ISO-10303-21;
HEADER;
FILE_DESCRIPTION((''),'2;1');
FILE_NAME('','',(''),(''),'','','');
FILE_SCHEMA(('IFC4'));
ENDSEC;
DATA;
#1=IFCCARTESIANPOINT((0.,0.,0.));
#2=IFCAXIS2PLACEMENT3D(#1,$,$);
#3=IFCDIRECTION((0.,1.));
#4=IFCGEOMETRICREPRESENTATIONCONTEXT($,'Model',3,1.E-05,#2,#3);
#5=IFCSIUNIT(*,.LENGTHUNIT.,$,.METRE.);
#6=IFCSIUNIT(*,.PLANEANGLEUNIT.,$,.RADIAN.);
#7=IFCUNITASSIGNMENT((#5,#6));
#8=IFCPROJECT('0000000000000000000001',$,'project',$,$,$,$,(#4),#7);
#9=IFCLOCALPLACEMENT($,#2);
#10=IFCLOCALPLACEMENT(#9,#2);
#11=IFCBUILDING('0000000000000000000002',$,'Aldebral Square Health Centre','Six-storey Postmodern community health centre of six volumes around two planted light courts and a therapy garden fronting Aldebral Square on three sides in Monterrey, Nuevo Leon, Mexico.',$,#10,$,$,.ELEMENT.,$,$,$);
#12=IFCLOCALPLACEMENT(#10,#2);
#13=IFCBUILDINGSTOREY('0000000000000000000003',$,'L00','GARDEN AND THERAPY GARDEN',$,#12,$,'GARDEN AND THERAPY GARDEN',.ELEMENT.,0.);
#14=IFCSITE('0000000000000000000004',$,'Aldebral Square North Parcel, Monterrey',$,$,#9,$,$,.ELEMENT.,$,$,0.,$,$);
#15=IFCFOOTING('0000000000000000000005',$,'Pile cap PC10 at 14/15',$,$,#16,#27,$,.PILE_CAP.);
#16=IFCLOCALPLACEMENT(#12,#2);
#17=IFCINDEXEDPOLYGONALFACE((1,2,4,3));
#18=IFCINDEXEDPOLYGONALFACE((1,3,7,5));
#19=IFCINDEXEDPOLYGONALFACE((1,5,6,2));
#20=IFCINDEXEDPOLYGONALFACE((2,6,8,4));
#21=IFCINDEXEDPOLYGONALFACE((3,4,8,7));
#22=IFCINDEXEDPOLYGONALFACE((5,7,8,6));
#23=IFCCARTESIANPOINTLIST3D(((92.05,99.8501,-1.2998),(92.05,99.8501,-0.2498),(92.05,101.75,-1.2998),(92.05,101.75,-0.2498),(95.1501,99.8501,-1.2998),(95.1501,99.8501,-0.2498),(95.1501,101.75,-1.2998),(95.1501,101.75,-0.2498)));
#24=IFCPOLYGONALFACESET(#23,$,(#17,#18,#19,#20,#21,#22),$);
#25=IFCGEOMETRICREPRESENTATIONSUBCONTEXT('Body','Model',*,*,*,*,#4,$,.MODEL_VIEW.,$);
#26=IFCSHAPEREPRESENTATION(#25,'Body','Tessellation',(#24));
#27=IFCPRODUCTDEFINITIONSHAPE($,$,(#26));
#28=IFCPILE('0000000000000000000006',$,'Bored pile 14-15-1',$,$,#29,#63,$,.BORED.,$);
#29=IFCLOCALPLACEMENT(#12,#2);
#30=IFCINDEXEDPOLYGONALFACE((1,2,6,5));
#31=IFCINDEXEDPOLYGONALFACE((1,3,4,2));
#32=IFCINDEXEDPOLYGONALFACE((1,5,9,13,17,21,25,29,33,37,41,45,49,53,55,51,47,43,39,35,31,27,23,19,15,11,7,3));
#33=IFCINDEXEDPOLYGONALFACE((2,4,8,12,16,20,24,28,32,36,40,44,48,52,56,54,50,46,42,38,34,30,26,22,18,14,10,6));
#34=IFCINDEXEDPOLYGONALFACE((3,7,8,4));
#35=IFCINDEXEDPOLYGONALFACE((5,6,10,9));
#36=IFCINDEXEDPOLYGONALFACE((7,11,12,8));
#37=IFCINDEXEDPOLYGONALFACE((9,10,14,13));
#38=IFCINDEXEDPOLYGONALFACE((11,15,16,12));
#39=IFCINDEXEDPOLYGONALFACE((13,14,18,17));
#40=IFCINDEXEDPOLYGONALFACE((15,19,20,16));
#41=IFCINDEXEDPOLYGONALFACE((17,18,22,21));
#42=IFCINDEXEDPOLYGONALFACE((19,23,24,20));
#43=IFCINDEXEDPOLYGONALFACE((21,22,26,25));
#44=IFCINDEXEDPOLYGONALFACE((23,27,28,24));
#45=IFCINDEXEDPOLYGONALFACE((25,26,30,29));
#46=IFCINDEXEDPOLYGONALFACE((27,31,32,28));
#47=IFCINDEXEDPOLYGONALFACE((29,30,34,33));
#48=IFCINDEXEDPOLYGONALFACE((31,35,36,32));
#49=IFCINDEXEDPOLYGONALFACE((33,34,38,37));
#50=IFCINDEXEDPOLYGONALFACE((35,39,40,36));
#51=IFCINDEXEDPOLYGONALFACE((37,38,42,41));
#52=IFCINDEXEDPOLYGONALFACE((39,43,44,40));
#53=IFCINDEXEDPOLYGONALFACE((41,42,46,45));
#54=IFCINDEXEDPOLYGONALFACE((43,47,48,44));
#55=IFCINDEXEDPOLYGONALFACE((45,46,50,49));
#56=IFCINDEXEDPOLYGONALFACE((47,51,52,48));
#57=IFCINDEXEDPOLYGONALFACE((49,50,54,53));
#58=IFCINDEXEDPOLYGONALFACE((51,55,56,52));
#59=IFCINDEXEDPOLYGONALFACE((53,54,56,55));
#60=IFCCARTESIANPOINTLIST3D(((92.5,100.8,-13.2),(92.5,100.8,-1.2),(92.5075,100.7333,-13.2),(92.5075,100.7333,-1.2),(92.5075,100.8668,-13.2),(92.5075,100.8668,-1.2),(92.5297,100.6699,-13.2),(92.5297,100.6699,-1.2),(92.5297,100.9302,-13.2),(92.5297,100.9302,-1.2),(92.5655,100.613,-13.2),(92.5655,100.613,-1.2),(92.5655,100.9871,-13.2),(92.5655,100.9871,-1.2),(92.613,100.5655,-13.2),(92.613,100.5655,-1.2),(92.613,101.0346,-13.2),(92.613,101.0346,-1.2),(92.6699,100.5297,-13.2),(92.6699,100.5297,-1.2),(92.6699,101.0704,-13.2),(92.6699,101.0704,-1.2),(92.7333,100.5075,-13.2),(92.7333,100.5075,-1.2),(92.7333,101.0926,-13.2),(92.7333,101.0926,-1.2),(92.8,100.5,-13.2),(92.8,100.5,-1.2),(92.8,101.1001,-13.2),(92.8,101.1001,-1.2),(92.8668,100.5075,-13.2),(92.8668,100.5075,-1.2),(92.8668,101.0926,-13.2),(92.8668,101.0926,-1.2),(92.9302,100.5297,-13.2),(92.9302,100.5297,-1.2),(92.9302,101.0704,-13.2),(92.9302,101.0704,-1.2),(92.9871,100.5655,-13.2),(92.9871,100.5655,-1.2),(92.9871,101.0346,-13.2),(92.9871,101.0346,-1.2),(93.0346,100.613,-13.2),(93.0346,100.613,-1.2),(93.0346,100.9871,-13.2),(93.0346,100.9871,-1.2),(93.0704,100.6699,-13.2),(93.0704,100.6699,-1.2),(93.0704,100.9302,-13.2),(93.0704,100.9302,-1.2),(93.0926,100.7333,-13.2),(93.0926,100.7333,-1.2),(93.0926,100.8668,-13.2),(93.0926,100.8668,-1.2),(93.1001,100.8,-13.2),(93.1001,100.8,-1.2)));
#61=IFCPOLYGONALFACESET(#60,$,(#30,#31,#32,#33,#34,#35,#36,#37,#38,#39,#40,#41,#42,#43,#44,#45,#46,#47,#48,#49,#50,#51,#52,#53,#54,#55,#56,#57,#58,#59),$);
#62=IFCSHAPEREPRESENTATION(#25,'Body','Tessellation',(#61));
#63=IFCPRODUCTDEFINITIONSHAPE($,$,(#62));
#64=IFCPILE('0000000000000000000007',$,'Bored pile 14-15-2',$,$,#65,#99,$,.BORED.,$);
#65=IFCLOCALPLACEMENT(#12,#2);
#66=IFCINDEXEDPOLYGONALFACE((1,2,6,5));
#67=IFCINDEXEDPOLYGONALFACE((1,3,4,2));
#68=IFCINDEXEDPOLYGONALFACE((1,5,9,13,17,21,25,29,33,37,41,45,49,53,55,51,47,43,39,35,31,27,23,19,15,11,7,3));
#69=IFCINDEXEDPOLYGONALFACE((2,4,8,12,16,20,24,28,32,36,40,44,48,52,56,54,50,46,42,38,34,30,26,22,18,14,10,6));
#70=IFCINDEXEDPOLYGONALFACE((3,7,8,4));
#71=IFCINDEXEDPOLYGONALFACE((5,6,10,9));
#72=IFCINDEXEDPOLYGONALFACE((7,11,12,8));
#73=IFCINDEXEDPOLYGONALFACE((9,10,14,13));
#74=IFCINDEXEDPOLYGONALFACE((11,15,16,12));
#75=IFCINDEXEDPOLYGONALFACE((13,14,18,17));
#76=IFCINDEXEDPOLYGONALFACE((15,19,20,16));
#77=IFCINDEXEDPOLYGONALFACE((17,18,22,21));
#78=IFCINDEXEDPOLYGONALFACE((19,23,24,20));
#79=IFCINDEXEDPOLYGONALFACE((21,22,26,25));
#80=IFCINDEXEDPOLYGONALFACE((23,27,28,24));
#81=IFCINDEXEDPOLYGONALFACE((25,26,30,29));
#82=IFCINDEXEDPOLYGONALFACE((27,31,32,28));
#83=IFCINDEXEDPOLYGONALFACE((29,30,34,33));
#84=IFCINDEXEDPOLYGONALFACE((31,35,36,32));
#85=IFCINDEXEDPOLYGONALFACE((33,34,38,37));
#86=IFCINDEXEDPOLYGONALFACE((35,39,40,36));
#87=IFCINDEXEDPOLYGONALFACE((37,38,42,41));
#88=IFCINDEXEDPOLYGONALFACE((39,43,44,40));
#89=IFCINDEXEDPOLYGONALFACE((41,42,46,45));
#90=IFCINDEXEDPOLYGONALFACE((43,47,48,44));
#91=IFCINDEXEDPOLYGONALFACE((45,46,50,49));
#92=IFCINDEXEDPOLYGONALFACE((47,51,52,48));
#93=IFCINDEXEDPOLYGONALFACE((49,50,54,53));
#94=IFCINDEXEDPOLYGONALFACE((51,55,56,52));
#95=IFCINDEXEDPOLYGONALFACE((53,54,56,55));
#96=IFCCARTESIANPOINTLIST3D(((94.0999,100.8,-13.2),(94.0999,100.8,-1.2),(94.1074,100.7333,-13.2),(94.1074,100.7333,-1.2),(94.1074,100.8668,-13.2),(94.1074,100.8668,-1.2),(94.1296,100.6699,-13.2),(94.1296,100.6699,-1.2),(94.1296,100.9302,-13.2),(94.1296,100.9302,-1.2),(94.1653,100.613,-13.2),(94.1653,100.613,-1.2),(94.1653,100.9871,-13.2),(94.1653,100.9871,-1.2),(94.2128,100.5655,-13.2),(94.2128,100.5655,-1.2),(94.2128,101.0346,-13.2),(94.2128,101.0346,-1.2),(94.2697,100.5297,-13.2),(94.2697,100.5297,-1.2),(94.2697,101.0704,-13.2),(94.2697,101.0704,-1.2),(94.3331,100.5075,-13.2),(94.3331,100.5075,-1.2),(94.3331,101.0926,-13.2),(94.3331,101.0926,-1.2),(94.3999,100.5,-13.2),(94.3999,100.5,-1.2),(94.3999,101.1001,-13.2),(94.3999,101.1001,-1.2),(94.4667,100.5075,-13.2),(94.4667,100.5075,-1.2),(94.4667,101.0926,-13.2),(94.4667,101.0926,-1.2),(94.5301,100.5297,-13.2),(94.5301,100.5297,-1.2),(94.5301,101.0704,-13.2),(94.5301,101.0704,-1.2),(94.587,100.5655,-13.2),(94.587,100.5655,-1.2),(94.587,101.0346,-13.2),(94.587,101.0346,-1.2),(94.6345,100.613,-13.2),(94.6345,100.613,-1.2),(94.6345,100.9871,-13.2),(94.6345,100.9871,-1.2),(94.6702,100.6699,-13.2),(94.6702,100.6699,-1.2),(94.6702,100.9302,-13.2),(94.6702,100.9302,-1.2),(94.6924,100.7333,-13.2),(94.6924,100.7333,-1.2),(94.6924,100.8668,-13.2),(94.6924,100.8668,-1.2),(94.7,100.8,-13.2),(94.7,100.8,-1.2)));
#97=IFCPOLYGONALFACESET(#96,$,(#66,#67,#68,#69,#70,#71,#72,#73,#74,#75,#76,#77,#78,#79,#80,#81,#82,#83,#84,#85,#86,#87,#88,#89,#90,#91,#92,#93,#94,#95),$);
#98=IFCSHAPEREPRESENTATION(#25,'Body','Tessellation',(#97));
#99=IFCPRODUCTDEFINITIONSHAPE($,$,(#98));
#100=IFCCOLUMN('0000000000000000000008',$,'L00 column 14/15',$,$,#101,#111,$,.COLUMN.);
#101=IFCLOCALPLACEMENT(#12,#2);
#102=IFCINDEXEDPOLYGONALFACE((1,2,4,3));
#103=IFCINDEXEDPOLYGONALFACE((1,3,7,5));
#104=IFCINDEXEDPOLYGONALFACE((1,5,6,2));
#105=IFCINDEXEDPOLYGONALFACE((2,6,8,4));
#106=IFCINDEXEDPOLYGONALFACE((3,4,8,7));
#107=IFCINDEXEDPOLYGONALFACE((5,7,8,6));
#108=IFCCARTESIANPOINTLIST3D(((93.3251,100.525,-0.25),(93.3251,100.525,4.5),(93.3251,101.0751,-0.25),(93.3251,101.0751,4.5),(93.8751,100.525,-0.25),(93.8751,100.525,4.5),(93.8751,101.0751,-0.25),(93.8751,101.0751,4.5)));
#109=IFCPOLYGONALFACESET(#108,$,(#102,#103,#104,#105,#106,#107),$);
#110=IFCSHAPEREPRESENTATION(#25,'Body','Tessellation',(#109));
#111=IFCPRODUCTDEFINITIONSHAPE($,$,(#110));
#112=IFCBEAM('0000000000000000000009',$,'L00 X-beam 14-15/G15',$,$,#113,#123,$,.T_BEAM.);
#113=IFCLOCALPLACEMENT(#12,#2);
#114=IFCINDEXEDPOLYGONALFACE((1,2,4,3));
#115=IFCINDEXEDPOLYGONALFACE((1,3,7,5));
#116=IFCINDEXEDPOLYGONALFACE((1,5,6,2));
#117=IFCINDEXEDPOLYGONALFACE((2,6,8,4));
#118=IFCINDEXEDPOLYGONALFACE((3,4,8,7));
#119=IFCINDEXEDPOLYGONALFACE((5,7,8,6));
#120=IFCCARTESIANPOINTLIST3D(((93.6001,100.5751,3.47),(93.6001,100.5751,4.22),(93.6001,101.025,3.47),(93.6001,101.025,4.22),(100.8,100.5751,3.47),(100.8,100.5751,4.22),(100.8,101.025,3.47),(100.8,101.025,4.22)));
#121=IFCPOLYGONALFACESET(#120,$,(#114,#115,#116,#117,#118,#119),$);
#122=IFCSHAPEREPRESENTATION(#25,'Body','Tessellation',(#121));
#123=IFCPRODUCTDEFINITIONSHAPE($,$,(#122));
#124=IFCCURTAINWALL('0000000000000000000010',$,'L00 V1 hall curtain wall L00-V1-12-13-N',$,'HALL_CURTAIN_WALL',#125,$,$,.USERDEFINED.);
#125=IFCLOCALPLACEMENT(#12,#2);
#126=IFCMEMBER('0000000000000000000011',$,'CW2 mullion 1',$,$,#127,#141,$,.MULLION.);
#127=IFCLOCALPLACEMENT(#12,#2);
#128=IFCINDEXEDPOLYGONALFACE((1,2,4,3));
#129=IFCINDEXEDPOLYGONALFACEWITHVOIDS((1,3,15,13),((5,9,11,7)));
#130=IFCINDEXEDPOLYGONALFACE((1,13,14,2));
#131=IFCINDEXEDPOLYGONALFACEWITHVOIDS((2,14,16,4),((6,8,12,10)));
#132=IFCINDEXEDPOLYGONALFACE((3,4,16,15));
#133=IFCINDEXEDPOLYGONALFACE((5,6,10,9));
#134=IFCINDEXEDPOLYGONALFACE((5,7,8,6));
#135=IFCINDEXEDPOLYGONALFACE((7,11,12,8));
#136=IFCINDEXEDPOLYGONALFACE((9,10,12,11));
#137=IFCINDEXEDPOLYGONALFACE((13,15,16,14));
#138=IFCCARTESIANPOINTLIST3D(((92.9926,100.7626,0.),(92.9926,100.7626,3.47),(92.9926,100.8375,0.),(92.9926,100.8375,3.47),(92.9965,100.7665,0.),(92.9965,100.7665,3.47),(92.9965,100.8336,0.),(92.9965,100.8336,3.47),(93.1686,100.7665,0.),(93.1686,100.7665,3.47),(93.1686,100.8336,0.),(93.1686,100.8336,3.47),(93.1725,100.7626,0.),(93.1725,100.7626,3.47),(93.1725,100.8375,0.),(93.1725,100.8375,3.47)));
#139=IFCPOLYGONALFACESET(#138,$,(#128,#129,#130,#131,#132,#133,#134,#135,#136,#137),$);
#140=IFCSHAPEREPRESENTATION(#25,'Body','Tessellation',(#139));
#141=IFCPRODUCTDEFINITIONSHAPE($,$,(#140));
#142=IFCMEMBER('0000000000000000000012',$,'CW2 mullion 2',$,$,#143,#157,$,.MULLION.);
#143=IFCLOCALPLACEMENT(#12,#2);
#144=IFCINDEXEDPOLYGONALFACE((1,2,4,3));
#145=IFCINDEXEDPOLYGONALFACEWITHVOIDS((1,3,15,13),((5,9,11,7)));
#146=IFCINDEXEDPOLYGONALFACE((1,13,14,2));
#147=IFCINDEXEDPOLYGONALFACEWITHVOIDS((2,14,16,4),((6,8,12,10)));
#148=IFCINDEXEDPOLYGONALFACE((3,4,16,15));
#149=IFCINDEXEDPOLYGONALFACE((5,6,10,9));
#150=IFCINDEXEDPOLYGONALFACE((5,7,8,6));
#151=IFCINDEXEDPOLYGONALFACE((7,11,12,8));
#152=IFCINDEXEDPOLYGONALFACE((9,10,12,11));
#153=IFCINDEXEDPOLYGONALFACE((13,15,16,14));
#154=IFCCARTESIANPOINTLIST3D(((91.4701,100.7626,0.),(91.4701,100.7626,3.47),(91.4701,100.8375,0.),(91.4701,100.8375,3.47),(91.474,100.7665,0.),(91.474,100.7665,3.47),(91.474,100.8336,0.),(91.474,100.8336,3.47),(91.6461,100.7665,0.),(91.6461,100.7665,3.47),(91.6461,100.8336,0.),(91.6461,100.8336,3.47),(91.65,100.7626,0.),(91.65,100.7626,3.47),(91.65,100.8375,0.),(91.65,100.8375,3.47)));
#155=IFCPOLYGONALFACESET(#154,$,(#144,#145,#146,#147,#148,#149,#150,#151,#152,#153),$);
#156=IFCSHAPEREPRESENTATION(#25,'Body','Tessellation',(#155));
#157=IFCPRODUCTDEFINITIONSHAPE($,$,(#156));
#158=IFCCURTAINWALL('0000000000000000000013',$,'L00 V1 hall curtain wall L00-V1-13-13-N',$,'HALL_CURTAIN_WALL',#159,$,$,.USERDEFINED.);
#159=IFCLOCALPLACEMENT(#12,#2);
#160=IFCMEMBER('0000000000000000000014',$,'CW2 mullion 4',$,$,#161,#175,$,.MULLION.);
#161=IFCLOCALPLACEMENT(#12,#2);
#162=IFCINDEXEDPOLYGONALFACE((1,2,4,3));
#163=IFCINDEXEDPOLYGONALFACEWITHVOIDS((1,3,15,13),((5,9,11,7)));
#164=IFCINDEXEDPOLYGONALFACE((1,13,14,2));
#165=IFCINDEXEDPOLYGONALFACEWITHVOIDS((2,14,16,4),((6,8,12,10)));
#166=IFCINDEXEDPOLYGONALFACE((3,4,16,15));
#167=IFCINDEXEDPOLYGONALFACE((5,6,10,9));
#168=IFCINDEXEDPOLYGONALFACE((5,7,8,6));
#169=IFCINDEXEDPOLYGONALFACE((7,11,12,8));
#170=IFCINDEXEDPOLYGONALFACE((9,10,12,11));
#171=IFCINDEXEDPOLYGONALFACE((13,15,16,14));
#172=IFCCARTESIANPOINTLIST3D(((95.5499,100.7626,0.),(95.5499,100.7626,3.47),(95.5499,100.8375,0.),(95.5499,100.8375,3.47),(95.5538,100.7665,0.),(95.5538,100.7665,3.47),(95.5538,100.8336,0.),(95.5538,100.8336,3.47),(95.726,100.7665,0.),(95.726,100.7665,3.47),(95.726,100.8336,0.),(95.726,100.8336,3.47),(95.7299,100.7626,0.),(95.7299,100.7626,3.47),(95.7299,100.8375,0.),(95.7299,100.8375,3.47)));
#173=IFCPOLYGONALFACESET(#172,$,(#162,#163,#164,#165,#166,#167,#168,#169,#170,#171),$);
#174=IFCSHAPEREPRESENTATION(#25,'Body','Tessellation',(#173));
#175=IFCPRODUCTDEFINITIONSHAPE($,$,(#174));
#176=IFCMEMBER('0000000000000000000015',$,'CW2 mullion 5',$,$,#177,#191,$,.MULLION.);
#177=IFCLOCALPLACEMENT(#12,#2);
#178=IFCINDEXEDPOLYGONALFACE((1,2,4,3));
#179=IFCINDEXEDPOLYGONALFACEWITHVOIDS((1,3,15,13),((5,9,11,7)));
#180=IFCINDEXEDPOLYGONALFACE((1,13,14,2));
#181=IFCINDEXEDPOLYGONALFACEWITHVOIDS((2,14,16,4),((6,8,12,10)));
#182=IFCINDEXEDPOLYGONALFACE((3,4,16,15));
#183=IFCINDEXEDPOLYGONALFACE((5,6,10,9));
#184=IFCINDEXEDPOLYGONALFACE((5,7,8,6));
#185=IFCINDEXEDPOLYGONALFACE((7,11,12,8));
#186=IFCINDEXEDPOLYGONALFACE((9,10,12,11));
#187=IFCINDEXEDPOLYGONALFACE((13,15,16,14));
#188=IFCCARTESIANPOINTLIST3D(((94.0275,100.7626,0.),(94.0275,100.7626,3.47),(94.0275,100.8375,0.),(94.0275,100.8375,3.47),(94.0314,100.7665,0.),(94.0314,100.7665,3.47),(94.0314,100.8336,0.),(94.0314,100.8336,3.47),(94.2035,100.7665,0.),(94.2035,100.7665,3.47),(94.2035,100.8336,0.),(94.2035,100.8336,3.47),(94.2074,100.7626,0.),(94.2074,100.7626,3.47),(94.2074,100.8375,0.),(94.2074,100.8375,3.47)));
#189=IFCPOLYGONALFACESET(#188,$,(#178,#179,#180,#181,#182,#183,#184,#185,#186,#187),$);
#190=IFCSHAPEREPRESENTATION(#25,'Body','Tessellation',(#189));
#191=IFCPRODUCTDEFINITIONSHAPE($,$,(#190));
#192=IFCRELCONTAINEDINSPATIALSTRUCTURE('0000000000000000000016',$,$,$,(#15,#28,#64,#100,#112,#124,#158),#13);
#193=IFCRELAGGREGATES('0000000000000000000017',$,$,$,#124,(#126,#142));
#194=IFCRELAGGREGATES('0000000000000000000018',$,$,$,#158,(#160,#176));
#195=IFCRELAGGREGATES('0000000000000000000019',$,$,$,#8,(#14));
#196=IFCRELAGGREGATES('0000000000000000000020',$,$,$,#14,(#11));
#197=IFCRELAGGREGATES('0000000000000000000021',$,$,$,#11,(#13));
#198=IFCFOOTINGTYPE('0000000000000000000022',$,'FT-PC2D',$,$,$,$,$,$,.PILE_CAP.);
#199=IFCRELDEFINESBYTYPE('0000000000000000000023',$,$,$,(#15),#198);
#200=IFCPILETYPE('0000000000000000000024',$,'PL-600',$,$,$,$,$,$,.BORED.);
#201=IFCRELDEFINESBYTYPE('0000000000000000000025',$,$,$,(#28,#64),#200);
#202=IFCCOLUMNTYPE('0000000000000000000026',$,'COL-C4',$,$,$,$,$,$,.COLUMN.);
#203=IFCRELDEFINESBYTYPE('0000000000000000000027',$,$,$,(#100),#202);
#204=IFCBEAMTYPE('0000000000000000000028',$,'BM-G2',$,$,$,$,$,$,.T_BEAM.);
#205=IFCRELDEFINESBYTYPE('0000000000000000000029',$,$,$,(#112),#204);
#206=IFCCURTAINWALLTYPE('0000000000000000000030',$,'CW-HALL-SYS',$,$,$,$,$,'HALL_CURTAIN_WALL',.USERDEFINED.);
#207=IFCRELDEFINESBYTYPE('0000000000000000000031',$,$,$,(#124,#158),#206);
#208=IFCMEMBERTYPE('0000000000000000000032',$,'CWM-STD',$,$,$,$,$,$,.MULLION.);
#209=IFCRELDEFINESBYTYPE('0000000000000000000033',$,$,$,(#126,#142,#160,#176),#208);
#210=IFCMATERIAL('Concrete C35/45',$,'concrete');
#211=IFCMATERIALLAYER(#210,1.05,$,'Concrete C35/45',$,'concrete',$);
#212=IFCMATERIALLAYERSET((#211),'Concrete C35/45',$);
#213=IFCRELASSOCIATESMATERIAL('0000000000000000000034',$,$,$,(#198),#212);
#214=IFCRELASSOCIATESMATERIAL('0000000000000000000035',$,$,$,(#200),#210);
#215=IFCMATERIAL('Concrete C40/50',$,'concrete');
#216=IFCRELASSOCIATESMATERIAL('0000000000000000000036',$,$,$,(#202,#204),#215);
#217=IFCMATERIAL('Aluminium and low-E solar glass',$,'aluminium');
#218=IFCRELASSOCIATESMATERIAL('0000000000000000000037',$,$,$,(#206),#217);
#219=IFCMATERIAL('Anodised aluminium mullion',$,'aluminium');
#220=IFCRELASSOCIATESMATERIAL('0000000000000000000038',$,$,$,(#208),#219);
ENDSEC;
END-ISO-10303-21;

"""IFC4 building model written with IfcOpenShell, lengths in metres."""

from ifc_helpers import new_model, si_unit, direction, frame, origin, origin_2d, place, context, subcontext, project, spatial, rectangle, hollow_rectangle, circle, extrude, material, layer, layer_set, material_profile, profile_set, type_object, element, aggregate, save


model = new_model("IFC4")

# Units and contexts
model_context = context("Model", 3, precision=1e-05, world=origin(), true_north=direction((0.0, 1.0)))
body_context = subcontext(model_context, "Body", "Model", "MODEL_VIEW")
ifc_project = project(units=[si_unit("LENGTHUNIT", "METRE"), si_unit("PLANEANGLEUNIT", "RADIAN")], contexts=[model_context])

# Site, building, storey
site_placement = place(None, origin())
site = spatial("IfcSite", under=ifc_project, at=site_placement, Name="Aldebral Square North Parcel, Monterrey", CompositionType="ELEMENT", RefElevation=0.0)
building_placement = place(site_placement, origin())
building = spatial("IfcBuilding", under=site, at=building_placement, Name="Aldebral Square Health Centre", Description="Six-storey Postmodern community health centre of six volumes around two planted light courts and a therapy garden fronting Aldebral Square on three sides in Monterrey, Nuevo Leon, Mexico.", CompositionType="ELEMENT")
storey_placement = place(building_placement, origin())
storey = spatial("IfcBuildingStorey", under=building, at=storey_placement, Name="L00", Description="GARDEN AND THERAPY GARDEN", LongName="GARDEN AND THERAPY GARDEN", CompositionType="ELEMENT", Elevation=0.0)

# Footing
ifc_material_1 = material(Name="Concrete C35/45", Category="concrete")
ifc_layer_1 = layer(ifc_material_1, 1.05, Name="Concrete C35/45", Category="concrete")
ifc_layer_set_1 = layer_set([ifc_layer_1], Name="Concrete C35/45")
footing_type = type_object("IfcFootingType", Name="FT-PC2D", PredefinedType="PILE_CAP", material=ifc_layer_set_1)
footing_placement = place(storey_placement, frame((93.6001, 100.8, -1.2998), z_axis=(0.0, 0.0, 1.0), x_axis=(1.0, 0.0, 0.0)))
element("IfcFooting", 1, at=footing_placement, inside=storey, type_object=footing_type, Name="Pile cap PC10 at 14/15", PredefinedType="PILE_CAP", context=body_context, shape_type="SweptSolid", body=[
    extrude(rectangle(XDim=3.1001, YDim=1.8999, at=origin_2d()), origin(), (0.0, 0.0, 1.0), 1.05),
])

# Piles
ifc_material_profile_1 = material_profile(ifc_material_1, circle(Radius=0.3, at=origin_2d()), Name="PILE D600")
ifc_profile_set_1 = profile_set([ifc_material_profile_1], Name="Concrete C35/45")
pile_type = type_object("IfcPileType", Name="PL-600", PredefinedType="BORED", material=ifc_profile_set_1)
for number, where, z_axis, x_axis, name in (
    (2, (92.8, 100.8, -1.2), (0.0, 0.0, -1.0), (1.0, 0.0, 0.0), "Bored pile 14-15-1"),
    (3, (94.3999, 100.8, -1.2), (0.0, 0.0, -1.0), (1.0, 0.0, 0.0), "Bored pile 14-15-2"),
):
    element("IfcPile", number, at=place(storey_placement, frame(where, z_axis=z_axis, x_axis=x_axis)), inside=storey, type_object=pile_type, Name=name, PredefinedType="BORED", context=body_context, shape_type="SweptSolid", body=[
        extrude(circle(Radius=0.3, at=origin_2d()), origin(), (0.0, 0.0, 1.0), 12.0),
    ])

# Column
ifc_material_2 = material(Name="Concrete C40/50", Category="concrete")
ifc_material_profile_2 = material_profile(ifc_material_2, rectangle(XDim=0.55, YDim=0.55, at=origin_2d()), Name="RC 550x550")
ifc_profile_set_2 = profile_set([ifc_material_profile_2], Name="Concrete C40/50")
column_type = type_object("IfcColumnType", Name="COL-C4", PredefinedType="COLUMN", material=ifc_profile_set_2)
column_placement = place(storey_placement, frame((93.6001, 100.8, -0.25), z_axis=(0.0, 0.0, 1.0), x_axis=(1.0, 0.0, 0.0)))
element("IfcColumn", 4, at=column_placement, inside=storey, type_object=column_type, Name="L00 column 14/15", PredefinedType="COLUMN", context=body_context, shape_type="SweptSolid", body=[
    extrude(rectangle(XDim=0.55, YDim=0.55, at=origin_2d()), origin(), (0.0, 0.0, 1.0), 4.75),
])

# Beam
ifc_material_profile_3 = material_profile(ifc_material_2, rectangle(XDim=0.45, YDim=0.75, at=origin_2d()), Name="RC 450x750")
ifc_profile_set_3 = profile_set([ifc_material_profile_3], Name="Concrete C40/50")
beam_type = type_object("IfcBeamType", Name="BM-G2", PredefinedType="T_BEAM", material=ifc_profile_set_3)
beam_placement = place(storey_placement, frame((93.6001, 100.8, 3.845), z_axis=(1.0, 0.0, 0.0), x_axis=(0.0, 1.0, 0.0)))
element("IfcBeam", 5, at=beam_placement, inside=storey, type_object=beam_type, Name="L00 X-beam 14-15/G15", PredefinedType="T_BEAM", context=body_context, shape_type="SweptSolid", body=[
    extrude(rectangle(XDim=0.45, YDim=0.75, at=origin_2d()), origin(), (0.0, 0.0, 1.0), 7.2),
])

# Curtain walls, members
ifc_material_3 = material(Name="Aluminium and low-E solar glass", Category="aluminium")
curtain_wall_type = type_object("IfcCurtainWallType", Name="CW-HALL-SYS", ElementType="HALL_CURTAIN_WALL", PredefinedType="USERDEFINED", material=ifc_material_3)
curtain_wall_1_placement = place(storey_placement, origin())
curtain_wall_1 = element("IfcCurtainWall", 6, at=curtain_wall_1_placement, inside=storey, type_object=curtain_wall_type, Name="L00 V1 hall curtain wall L00-V1-12-13-N", ObjectType="HALL_CURTAIN_WALL", PredefinedType="USERDEFINED")
ifc_material_4 = material(Name="Anodised aluminium mullion", Category="aluminium")
ifc_material_profile_4 = material_profile(ifc_material_4, hollow_rectangle(XDim=0.075, YDim=0.1799, WallThickness=0.0039, at=origin_2d()), Name="CWM 75x180x4")
ifc_profile_set_4 = profile_set([ifc_material_profile_4], Name="Anodised aluminium mullion")
member_type_1 = type_object("IfcMemberType", Name="CWM-STD", PredefinedType="MULLION", material=ifc_profile_set_4)
member_1_placement = place(storey_placement, frame((93.0825, 100.8, 0.0), z_axis=(0.0, 0.0, 1.0), x_axis=(0.0, -1.0, 0.0)))
member_1 = element("IfcMember", 7, at=member_1_placement, type_object=member_type_1, Name="CW2 mullion 1", PredefinedType="MULLION", context=body_context, shape_type="SweptSolid", body=[
    extrude(hollow_rectangle(XDim=0.075, YDim=0.1799, WallThickness=0.0039, at=origin_2d()), origin(), (0.0, 0.0, 1.0), 3.47),
])
member_2_placement = place(storey_placement, frame((91.5601, 100.8, 0.0), z_axis=(0.0, 0.0, 1.0), x_axis=(0.0, -1.0, 0.0)))
member_2 = element("IfcMember", 8, at=member_2_placement, type_object=member_type_1, Name="CW2 mullion 2", PredefinedType="MULLION", context=body_context, shape_type="SweptSolid", body=[
    extrude(hollow_rectangle(XDim=0.075, YDim=0.1799, WallThickness=0.0039, at=origin_2d()), origin(), (0.0, 0.0, 1.0), 3.47),
])
curtain_wall_2_placement = place(storey_placement, origin())
curtain_wall_2 = element("IfcCurtainWall", 9, at=curtain_wall_2_placement, inside=storey, type_object=curtain_wall_type, Name="L00 V1 hall curtain wall L00-V1-13-13-N", ObjectType="HALL_CURTAIN_WALL", PredefinedType="USERDEFINED")
member_3_placement = place(storey_placement, frame((95.6399, 100.8, 0.0), z_axis=(0.0, 0.0, 1.0), x_axis=(0.0, -1.0, 0.0)))
member_3 = element("IfcMember", 10, at=member_3_placement, type_object=member_type_1, Name="CW2 mullion 4", PredefinedType="MULLION", context=body_context, shape_type="SweptSolid", body=[
    extrude(hollow_rectangle(XDim=0.075, YDim=0.1799, WallThickness=0.0039, at=origin_2d()), origin(), (0.0, 0.0, 1.0), 3.47),
])
member_4_placement = place(storey_placement, frame((94.1174, 100.8, 0.0), z_axis=(0.0, 0.0, 1.0), x_axis=(0.0, -1.0, 0.0)))
member_4 = element("IfcMember", 11, at=member_4_placement, type_object=member_type_1, Name="CW2 mullion 5", PredefinedType="MULLION", context=body_context, shape_type="SweptSolid", body=[
    extrude(hollow_rectangle(XDim=0.075, YDim=0.1799, WallThickness=0.0039, at=origin_2d()), origin(), (0.0, 0.0, 1.0), 3.47),
])

aggregate(curtain_wall_1, [member_1, member_2])
aggregate(curtain_wall_2, [member_3, member_4])

save(model, "model.ifc")
